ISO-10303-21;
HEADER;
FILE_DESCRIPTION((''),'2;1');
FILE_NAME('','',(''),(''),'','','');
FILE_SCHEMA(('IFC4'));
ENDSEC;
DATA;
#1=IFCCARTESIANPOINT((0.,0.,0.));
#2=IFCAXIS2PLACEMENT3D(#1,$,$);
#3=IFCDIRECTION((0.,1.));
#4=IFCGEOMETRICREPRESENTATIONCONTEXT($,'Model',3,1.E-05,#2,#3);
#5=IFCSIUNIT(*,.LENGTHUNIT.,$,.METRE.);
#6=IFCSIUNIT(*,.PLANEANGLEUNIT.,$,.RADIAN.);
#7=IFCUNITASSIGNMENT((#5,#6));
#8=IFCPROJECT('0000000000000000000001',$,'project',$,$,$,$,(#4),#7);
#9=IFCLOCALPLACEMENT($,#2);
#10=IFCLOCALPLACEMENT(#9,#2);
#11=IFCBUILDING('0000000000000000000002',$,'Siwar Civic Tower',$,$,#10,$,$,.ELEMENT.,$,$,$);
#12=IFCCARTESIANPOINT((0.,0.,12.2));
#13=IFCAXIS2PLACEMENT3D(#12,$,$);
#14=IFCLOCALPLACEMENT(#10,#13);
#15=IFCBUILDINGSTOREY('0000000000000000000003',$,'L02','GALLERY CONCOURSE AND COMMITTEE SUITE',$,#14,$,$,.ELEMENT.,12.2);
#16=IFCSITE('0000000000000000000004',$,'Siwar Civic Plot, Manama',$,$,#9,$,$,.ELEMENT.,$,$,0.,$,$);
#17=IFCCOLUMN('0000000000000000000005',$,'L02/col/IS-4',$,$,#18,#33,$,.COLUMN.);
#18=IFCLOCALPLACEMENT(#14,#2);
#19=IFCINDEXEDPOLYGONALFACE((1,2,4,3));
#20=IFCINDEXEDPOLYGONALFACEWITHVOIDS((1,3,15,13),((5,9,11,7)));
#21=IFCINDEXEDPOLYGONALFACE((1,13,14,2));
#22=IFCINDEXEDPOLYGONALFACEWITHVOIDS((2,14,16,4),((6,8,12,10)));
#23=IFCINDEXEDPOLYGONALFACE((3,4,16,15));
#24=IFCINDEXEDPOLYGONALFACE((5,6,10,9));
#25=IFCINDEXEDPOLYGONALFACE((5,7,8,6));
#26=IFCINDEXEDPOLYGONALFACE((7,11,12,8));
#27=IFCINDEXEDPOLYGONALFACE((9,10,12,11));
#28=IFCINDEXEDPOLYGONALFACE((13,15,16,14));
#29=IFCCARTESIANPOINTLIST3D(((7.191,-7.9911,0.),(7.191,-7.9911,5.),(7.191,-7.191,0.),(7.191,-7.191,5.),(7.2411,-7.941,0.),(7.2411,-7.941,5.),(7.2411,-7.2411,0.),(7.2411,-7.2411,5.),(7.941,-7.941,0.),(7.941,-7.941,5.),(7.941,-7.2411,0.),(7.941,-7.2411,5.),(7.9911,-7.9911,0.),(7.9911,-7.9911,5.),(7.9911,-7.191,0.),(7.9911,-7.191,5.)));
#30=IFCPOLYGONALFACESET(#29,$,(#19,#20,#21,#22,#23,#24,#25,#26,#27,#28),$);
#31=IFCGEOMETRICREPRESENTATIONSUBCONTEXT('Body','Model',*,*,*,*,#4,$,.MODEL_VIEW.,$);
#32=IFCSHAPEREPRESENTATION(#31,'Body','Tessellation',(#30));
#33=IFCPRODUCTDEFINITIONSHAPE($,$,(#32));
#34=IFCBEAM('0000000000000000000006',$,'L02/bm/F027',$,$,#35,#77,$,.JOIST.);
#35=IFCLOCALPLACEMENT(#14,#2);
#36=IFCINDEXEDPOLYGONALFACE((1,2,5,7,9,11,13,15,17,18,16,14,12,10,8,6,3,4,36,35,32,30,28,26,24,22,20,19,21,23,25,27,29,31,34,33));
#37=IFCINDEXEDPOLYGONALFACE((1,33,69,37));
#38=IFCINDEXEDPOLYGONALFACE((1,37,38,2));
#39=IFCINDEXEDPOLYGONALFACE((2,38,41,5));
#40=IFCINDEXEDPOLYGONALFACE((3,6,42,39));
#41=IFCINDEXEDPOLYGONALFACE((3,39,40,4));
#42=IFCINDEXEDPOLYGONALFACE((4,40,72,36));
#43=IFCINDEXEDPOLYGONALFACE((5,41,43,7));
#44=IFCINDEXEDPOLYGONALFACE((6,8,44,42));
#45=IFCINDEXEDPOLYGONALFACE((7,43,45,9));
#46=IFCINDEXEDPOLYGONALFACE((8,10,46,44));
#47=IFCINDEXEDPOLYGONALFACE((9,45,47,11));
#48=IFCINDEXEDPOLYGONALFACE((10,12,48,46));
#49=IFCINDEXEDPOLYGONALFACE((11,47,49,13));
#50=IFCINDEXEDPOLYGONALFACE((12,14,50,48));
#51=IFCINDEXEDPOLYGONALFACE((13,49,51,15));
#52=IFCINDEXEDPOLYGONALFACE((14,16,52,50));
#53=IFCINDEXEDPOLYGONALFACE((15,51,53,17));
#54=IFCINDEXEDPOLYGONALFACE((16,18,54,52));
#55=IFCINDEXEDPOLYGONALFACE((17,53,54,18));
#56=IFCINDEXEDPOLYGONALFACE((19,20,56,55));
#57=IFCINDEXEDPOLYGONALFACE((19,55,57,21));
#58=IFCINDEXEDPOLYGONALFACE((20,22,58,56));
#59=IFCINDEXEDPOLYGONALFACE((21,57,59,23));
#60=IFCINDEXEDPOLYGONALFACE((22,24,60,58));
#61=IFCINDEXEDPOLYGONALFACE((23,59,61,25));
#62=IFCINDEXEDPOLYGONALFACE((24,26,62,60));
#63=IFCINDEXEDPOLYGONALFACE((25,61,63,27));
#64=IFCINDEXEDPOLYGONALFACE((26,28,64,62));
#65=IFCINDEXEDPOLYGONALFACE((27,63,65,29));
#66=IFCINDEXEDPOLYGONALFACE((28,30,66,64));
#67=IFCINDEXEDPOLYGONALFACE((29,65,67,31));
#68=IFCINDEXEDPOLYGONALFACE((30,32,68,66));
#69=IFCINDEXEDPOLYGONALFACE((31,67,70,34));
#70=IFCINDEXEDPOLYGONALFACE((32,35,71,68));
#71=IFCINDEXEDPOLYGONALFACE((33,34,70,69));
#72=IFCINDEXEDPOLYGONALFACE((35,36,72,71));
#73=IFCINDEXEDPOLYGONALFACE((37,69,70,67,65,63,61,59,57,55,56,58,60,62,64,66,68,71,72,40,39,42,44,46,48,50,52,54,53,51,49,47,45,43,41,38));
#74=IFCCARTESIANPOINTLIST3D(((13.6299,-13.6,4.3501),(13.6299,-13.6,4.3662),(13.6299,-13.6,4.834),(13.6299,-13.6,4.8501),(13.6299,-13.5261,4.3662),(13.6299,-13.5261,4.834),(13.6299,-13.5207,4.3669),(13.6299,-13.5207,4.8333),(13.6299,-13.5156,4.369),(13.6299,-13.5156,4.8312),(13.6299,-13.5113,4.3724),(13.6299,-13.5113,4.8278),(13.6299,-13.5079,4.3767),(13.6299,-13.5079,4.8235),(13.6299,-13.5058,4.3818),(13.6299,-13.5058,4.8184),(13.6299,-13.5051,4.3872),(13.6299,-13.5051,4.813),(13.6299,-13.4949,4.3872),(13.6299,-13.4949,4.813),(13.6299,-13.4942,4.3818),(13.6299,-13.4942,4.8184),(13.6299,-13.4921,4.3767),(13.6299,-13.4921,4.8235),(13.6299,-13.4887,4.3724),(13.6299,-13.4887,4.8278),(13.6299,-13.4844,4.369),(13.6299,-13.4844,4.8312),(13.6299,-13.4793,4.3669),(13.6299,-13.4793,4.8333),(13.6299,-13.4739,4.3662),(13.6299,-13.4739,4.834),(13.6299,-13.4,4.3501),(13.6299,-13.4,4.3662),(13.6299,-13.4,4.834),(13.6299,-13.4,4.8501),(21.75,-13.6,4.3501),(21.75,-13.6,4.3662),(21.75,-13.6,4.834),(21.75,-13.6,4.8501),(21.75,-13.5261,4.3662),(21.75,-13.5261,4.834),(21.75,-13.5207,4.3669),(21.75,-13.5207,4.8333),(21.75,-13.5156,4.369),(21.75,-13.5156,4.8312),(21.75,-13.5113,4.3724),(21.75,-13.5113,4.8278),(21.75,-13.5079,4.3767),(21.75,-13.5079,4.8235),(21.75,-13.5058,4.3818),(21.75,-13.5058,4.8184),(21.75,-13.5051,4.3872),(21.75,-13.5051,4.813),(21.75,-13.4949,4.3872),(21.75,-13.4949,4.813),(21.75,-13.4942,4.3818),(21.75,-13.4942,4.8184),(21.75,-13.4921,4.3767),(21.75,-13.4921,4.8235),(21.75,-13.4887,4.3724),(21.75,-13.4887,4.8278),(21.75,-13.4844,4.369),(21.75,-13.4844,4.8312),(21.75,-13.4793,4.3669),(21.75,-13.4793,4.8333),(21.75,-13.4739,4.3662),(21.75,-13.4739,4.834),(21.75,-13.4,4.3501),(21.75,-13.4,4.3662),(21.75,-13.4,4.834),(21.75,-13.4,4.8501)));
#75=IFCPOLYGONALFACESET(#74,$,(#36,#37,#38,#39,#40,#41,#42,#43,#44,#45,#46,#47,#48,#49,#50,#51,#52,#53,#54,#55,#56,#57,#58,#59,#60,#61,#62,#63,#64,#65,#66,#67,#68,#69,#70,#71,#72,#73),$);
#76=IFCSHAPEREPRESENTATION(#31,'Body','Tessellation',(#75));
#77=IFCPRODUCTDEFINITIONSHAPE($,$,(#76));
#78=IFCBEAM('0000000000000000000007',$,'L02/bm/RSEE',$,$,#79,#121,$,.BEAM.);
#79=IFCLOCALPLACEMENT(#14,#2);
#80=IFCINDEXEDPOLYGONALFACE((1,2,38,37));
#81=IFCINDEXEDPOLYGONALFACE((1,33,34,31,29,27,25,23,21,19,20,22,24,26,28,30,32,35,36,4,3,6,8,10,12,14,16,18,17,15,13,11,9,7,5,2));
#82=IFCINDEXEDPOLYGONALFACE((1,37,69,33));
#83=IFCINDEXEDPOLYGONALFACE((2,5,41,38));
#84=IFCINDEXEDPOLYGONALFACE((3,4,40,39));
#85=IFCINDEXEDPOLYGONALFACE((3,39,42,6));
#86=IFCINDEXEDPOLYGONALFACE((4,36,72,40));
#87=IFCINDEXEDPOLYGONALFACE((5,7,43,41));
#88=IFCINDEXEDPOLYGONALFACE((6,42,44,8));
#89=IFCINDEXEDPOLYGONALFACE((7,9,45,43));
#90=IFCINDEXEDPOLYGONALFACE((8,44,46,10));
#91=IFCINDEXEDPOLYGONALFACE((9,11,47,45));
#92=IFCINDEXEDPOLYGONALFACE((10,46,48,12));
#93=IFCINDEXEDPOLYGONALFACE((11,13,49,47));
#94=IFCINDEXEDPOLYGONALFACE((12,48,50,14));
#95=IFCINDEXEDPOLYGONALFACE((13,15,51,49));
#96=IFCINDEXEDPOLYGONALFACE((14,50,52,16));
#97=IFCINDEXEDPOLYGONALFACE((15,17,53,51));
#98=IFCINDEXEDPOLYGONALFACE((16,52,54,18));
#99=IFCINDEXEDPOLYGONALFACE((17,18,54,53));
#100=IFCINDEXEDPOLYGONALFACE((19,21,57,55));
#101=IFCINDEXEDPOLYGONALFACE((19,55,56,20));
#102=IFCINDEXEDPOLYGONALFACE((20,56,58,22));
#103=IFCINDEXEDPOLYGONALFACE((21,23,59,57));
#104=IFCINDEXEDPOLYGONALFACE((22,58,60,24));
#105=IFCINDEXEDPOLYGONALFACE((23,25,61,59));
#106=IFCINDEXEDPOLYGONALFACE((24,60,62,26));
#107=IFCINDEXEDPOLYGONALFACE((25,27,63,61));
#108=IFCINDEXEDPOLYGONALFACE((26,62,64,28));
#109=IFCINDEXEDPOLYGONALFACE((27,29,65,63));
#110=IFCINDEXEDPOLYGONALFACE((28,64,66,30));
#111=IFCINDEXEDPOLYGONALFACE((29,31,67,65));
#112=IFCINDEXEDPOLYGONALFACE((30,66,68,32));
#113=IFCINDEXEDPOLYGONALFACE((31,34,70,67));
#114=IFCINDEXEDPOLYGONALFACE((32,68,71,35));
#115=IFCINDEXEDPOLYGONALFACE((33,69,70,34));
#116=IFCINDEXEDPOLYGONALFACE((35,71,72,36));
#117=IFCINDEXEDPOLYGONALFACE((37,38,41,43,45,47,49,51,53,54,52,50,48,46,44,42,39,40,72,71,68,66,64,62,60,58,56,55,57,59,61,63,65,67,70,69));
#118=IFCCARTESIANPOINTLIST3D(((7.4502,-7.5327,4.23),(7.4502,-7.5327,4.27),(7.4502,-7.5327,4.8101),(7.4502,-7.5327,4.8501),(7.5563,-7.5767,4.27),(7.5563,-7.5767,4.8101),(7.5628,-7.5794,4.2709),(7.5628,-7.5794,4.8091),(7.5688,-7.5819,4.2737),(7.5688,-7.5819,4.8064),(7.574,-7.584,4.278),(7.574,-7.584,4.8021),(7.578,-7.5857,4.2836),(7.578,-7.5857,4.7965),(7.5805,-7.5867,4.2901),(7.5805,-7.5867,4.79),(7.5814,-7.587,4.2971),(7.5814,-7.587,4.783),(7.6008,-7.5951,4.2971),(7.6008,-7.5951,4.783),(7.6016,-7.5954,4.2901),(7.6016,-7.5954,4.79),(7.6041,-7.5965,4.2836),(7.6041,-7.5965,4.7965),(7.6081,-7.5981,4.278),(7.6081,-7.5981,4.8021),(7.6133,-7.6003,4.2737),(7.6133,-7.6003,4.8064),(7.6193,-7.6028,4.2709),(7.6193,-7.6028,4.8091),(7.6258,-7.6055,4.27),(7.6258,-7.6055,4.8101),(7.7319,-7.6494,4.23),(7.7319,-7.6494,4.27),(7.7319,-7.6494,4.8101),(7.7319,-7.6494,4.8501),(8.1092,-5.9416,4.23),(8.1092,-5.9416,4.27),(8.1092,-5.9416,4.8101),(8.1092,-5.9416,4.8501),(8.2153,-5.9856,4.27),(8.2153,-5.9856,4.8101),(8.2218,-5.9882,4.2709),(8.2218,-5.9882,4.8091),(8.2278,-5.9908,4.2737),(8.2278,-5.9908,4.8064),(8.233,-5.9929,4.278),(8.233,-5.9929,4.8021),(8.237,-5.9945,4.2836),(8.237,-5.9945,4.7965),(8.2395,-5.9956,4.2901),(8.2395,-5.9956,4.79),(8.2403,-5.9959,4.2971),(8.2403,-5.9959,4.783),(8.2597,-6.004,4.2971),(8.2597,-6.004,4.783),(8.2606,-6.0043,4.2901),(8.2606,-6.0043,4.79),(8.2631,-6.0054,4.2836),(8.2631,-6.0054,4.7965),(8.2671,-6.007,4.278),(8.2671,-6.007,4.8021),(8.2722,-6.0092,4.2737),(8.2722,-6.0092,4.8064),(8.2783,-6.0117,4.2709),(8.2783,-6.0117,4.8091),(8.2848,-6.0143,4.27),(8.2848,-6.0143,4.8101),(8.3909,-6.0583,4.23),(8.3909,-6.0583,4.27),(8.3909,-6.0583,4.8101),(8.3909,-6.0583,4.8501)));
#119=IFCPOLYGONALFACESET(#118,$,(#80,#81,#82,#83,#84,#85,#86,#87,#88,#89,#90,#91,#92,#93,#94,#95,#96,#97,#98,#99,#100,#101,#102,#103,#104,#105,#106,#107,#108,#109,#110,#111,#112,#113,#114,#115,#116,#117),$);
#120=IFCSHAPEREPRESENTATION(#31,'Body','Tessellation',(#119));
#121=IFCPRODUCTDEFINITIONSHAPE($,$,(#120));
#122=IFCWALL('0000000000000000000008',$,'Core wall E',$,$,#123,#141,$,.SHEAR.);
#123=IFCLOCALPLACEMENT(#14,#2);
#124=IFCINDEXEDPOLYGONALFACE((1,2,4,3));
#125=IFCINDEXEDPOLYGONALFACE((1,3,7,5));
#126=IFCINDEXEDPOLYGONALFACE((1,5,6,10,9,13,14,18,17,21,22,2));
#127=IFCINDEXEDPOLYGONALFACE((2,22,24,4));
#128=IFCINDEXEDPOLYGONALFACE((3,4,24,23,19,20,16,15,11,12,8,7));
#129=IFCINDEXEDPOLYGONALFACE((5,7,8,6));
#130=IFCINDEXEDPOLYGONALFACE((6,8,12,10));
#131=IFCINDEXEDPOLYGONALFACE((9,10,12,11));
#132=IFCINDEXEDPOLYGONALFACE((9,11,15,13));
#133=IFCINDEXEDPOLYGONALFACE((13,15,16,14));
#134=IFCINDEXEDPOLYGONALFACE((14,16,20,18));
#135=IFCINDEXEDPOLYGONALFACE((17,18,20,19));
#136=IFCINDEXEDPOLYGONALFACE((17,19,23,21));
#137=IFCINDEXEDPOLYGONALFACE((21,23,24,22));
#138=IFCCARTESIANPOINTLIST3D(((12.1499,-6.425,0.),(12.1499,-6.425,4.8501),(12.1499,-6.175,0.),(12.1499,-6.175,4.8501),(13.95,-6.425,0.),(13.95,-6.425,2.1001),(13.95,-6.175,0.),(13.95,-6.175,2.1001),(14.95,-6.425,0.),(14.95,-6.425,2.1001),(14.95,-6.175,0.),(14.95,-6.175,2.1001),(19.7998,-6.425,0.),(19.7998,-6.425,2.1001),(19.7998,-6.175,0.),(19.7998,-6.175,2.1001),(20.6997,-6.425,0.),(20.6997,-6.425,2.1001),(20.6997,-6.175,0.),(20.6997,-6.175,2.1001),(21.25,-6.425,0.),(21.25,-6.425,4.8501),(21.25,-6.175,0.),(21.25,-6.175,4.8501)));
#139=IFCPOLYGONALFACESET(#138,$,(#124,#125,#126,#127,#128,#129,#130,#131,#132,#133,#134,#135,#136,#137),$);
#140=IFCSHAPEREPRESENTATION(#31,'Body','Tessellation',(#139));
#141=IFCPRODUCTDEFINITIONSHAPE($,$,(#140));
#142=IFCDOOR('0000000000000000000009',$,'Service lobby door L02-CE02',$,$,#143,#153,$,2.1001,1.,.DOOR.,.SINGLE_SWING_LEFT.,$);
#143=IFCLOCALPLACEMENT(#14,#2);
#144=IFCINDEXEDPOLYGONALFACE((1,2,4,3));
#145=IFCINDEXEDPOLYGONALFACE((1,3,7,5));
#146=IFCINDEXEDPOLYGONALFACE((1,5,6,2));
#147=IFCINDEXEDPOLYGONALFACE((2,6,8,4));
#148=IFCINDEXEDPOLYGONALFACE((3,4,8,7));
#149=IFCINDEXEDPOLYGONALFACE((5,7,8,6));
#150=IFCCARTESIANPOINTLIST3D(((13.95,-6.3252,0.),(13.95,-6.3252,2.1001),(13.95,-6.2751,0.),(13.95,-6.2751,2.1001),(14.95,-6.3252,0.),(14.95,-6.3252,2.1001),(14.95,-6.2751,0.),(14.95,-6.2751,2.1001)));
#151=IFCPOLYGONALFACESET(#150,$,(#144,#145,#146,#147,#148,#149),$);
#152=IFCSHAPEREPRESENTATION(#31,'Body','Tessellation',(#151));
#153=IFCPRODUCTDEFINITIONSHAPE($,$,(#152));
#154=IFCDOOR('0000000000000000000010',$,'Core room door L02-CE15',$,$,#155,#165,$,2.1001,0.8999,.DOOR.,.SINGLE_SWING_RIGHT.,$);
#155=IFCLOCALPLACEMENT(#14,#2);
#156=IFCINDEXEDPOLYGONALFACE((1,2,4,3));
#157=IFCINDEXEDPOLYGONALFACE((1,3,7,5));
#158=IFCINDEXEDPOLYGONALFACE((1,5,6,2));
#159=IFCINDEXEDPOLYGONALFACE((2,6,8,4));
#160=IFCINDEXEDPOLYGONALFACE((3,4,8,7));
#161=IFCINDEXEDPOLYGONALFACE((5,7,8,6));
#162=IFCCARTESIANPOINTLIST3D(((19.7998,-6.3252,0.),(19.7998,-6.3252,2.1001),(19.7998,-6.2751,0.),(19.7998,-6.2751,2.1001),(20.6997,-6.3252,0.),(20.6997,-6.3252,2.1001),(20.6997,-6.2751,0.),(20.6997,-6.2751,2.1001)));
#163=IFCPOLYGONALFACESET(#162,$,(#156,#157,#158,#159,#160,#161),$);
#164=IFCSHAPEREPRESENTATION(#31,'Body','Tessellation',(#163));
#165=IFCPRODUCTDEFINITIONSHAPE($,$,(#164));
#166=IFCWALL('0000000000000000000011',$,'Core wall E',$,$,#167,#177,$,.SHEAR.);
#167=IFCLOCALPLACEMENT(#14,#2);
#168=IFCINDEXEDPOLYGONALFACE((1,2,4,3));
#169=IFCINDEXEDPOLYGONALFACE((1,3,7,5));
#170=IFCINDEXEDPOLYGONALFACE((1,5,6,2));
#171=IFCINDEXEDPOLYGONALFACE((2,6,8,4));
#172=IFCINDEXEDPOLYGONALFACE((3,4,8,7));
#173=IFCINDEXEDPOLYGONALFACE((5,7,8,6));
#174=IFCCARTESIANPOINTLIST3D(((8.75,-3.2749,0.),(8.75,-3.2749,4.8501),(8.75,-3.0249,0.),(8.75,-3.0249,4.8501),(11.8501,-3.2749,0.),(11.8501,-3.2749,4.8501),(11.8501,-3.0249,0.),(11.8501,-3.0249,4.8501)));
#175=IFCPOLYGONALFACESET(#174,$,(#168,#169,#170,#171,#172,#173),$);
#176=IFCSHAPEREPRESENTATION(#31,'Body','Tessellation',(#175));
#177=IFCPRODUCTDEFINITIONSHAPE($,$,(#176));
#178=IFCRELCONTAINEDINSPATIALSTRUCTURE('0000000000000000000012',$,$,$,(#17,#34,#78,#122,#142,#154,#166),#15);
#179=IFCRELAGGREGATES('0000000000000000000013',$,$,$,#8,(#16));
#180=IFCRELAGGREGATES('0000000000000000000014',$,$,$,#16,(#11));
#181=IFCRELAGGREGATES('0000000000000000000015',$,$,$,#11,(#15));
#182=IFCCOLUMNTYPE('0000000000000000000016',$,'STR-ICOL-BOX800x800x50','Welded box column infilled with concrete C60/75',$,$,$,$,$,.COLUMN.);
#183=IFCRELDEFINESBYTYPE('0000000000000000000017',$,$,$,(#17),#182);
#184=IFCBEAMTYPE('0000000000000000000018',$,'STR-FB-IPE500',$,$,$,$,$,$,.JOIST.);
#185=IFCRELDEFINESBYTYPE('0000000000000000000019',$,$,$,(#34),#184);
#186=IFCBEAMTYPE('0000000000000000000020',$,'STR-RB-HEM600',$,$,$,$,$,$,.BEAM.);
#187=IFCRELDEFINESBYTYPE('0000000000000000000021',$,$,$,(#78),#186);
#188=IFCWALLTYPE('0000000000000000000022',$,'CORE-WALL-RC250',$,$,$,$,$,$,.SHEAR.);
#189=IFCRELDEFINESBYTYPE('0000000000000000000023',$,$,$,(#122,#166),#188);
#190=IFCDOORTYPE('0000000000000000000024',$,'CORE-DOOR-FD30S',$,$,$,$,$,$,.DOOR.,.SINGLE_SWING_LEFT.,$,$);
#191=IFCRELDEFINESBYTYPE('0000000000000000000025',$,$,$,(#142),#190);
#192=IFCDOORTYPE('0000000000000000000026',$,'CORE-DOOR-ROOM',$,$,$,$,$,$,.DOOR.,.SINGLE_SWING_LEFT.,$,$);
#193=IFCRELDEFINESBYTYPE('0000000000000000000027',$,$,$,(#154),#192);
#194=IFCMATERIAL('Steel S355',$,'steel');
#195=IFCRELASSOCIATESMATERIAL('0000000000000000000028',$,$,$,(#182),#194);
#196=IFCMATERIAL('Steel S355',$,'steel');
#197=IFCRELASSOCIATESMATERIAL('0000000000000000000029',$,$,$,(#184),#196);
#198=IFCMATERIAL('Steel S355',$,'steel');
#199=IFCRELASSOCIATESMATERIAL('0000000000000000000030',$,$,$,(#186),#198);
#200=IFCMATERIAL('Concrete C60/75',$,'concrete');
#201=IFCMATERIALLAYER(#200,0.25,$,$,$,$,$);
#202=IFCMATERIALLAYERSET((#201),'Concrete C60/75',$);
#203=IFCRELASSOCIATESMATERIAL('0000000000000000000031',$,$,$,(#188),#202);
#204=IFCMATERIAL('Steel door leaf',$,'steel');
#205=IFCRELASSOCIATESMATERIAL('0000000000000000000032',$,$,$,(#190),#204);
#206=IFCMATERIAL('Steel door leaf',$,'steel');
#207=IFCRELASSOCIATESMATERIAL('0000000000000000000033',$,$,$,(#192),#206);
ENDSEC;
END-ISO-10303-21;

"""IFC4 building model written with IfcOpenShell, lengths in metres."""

from ifc_helpers import new_model, si_unit, direction, frame, frame_2d, origin, origin_2d, place, context, subcontext, project, spatial, rectangle, hollow_rectangle, i_section, extrude, material, layer, layer_set, material_profile, profile_set, type_object, element, fill, save


model = new_model("IFC4")

# Units and contexts
model_context = context("Model", 3, precision=1e-05, world=origin(), true_north=direction((0.0, 1.0)))
body_context = subcontext(model_context, "Body", "Model", "MODEL_VIEW")
ifc_project = project(units=[si_unit("LENGTHUNIT", "METRE"), si_unit("PLANEANGLEUNIT", "RADIAN")], contexts=[model_context])

# Site, building, storey
site_placement = place(None, origin())
site = spatial("IfcSite", under=ifc_project, at=site_placement, Name="Siwar Civic Plot, Manama", CompositionType="ELEMENT", RefElevation=0.0)
building_placement = place(site_placement, origin())
building = spatial("IfcBuilding", under=site, at=building_placement, Name="Siwar Civic Tower", CompositionType="ELEMENT")
storey_placement = place(building_placement, frame((0.0, 0.0, 12.2)))
storey = spatial("IfcBuildingStorey", under=building, at=storey_placement, Name="L02", Description="GALLERY CONCOURSE AND COMMITTEE SUITE", CompositionType="ELEMENT", Elevation=12.2)

# Column
ifc_material_1 = material(Name="Steel S355", Category="steel")
ifc_material_profile_1 = material_profile(ifc_material_1, hollow_rectangle(XDim=0.8, YDim=0.8, WallThickness=0.05, at=origin_2d()), Name="BOX800x800x50")
ifc_profile_set_1 = profile_set([ifc_material_profile_1], Name="Steel S355")
column_type = type_object("IfcColumnType", Name="STR-ICOL-BOX800x800x50", Description="Welded box column infilled with concrete C60/75", PredefinedType="COLUMN", material=ifc_profile_set_1)
column_placement = place(storey_placement, frame((7.5911, -7.5911, 0.0), z_axis=(0.0, 0.0, 1.0), x_axis=(1.0, 0.0, 0.0)))
element("IfcColumn", 1, at=column_placement, inside=storey, type_object=column_type, Name="L02/col/IS-4", PredefinedType="COLUMN", context=body_context, shape_type="SweptSolid", body=[
    extrude(hollow_rectangle(XDim=0.8, YDim=0.8, WallThickness=0.05, at=origin_2d()), origin(), (0.0, 0.0, 1.0), 5.0),
])

# Beams
ifc_material_2 = material(Name="Steel S355", Category="steel")
ifc_material_profile_2 = material_profile(ifc_material_2, i_section(OverallWidth=0.2, OverallDepth=0.5, WebThickness=0.0103, FlangeThickness=0.0161, FilletRadius=0.021, at=origin_2d()), Name="IPE500")
ifc_profile_set_2 = profile_set([ifc_material_profile_2], Name="Steel S355")
beam_type_1 = type_object("IfcBeamType", Name="STR-FB-IPE500", PredefinedType="JOIST", material=ifc_profile_set_2)
beam_1_placement = place(storey_placement, frame((13.6299, -13.5, 4.6001), z_axis=(1.0, 0.0, 0.0), x_axis=(0.0, 1.0, 0.0)))
element("IfcBeam", 2, at=beam_1_placement, inside=storey, type_object=beam_type_1, Name="L02/bm/F027", PredefinedType="JOIST", context=body_context, shape_type="SweptSolid", body=[
    extrude(i_section(OverallWidth=0.2, OverallDepth=0.5, WebThickness=0.0103, FlangeThickness=0.0161, FilletRadius=0.021, at=origin_2d()), origin(), (0.0, 0.0, 1.0), 8.1201),
])
ifc_material_3 = material(Name="Steel S355", Category="steel")
ifc_material_profile_3 = material_profile(ifc_material_3, i_section(OverallWidth=0.3049, OverallDepth=0.6201, WebThickness=0.021, FlangeThickness=0.04, FilletRadius=0.0271, at=origin_2d()), Name="HEM600")
ifc_profile_set_3 = profile_set([ifc_material_profile_3], Name="Steel S355")
beam_type_2 = type_object("IfcBeamType", Name="STR-RB-HEM600", PredefinedType="BEAM", material=ifc_profile_set_3)
beam_2_placement = place(storey_placement, frame((7.5911, -7.5911, 4.54), z_axis=(0.382631, 0.923901, 0.0), x_axis=(-0.923901, 0.382631, 0.0)))
element("IfcBeam", 3, at=beam_2_placement, inside=storey, type_object=beam_type_2, Name="L02/bm/RSEE", PredefinedType="BEAM", context=body_context, shape_type="SweptSolid", body=[
    extrude(i_section(OverallWidth=0.3049, OverallDepth=0.6201, WebThickness=0.021, FlangeThickness=0.04, FilletRadius=0.0271, at=origin_2d()), origin(), (0.0, 0.0, 1.0), 1.7222),
])

# Wall, openings, doors
ifc_material_4 = material(Name="Concrete C60/75", Category="concrete")
ifc_layer_1 = layer(ifc_material_4, 0.25)
ifc_layer_set_1 = layer_set([ifc_layer_1], Name="Concrete C60/75")
wall_type_1 = type_object("IfcWallType", Name="CORE-WALL-RC250", PredefinedType="SHEAR", material=ifc_layer_set_1)
wall_1_placement = place(storey_placement, frame((12.1499, -6.3, 0.0), z_axis=(0.0, 0.0, 1.0), x_axis=(1.0, 0.0, 0.0)))
wall_1 = element("IfcWall", 4, at=wall_1_placement, inside=storey, type_object=wall_type_1, Name="Core wall E", PredefinedType="SHEAR", context=body_context, shape_type="SweptSolid", body=[
    extrude(rectangle(XDim=9.1001, YDim=0.25, at=frame_2d((4.55, 0.0))), origin(), (0.0, 0.0, 1.0), 4.8501),
])
opening_1_placement = place(wall_1_placement, frame((1.8, 0.0, 0.0)))
opening_1 = element("IfcOpeningElement", 5, at=opening_1_placement, cuts=wall_1, PredefinedType="OPENING", context=body_context, shape_type="SweptSolid", body=[
    extrude(rectangle(XDim=1.0, YDim=2.1001, at=frame_2d((0.5, 1.05))), frame((0.0, 0.135, 0.0), z_axis=(0.0, -1.0, 0.0), x_axis=(1.0, 0.0, 0.0)), (0.0, 0.0, 1.0), 0.27),
])
opening_2_placement = place(wall_1_placement, frame((7.6499, 0.0, 0.0)))
opening_2 = element("IfcOpeningElement", 6, at=opening_2_placement, cuts=wall_1, PredefinedType="OPENING", context=body_context, shape_type="SweptSolid", body=[
    extrude(rectangle(XDim=0.8999, YDim=2.1001, at=frame_2d((0.45, 1.05))), frame((0.0, 0.135, 0.0), z_axis=(0.0, -1.0, 0.0), x_axis=(1.0, 0.0, 0.0)), (0.0, 0.0, 1.0), 0.27),
])
ifc_material_5 = material(Name="Steel door leaf", Category="steel")
door_type_1 = type_object("IfcDoorType", Name="CORE-DOOR-FD30S", OperationType="SINGLE_SWING_LEFT", PredefinedType="DOOR", material=ifc_material_5)
door_1_placement = place(opening_1_placement, origin())
door_1 = element("IfcDoor", 7, at=door_1_placement, inside=storey, type_object=door_type_1, Name="Service lobby door L02-CE02", OperationType="SINGLE_SWING_LEFT", OverallHeight=2.1001, OverallWidth=1.0, PredefinedType="DOOR", context=body_context, shape_type="SweptSolid", body=[
    extrude(rectangle(XDim=1.0, YDim=2.1001, at=frame_2d((0.5, 1.05))), frame((0.0, 0.0249, 0.0), z_axis=(0.0, -1.0, 0.0), x_axis=(1.0, 0.0, 0.0)), (0.0, 0.0, 1.0), 0.05),
])
fill(opening_1, door_1)
ifc_material_6 = material(Name="Steel door leaf", Category="steel")
door_type_2 = type_object("IfcDoorType", Name="CORE-DOOR-ROOM", OperationType="SINGLE_SWING_LEFT", PredefinedType="DOOR", material=ifc_material_6)
door_2_placement = place(opening_2_placement, origin())
door_2 = element("IfcDoor", 8, at=door_2_placement, inside=storey, type_object=door_type_2, Name="Core room door L02-CE15", OperationType="SINGLE_SWING_RIGHT", OverallHeight=2.1001, OverallWidth=0.8999, PredefinedType="DOOR", context=body_context, shape_type="SweptSolid", body=[
    extrude(rectangle(XDim=0.8999, YDim=2.1001, at=frame_2d((0.45, 1.05))), frame((0.0, 0.0249, 0.0), z_axis=(0.0, -1.0, 0.0), x_axis=(1.0, 0.0, 0.0)), (0.0, 0.0, 1.0), 0.05),
])
fill(opening_2, door_2)

# Wall
for number, where, z_axis, x_axis, name in (
    (9, (8.75, -3.1499, 0.0), (0.0, 0.0, 1.0), (1.0, 0.0, 0.0), "Core wall E"),
):
    element("IfcWall", number, at=place(storey_placement, frame(where, z_axis=z_axis, x_axis=x_axis)), inside=storey, type_object=wall_type_1, Name=name, PredefinedType="SHEAR", context=body_context, shape_type="SweptSolid", body=[
        extrude(rectangle(XDim=3.1001, YDim=0.25, at=frame_2d((1.55, 0.0))), origin(), (0.0, 0.0, 1.0), 4.8501),
    ])

save(model, "model.ifc")
